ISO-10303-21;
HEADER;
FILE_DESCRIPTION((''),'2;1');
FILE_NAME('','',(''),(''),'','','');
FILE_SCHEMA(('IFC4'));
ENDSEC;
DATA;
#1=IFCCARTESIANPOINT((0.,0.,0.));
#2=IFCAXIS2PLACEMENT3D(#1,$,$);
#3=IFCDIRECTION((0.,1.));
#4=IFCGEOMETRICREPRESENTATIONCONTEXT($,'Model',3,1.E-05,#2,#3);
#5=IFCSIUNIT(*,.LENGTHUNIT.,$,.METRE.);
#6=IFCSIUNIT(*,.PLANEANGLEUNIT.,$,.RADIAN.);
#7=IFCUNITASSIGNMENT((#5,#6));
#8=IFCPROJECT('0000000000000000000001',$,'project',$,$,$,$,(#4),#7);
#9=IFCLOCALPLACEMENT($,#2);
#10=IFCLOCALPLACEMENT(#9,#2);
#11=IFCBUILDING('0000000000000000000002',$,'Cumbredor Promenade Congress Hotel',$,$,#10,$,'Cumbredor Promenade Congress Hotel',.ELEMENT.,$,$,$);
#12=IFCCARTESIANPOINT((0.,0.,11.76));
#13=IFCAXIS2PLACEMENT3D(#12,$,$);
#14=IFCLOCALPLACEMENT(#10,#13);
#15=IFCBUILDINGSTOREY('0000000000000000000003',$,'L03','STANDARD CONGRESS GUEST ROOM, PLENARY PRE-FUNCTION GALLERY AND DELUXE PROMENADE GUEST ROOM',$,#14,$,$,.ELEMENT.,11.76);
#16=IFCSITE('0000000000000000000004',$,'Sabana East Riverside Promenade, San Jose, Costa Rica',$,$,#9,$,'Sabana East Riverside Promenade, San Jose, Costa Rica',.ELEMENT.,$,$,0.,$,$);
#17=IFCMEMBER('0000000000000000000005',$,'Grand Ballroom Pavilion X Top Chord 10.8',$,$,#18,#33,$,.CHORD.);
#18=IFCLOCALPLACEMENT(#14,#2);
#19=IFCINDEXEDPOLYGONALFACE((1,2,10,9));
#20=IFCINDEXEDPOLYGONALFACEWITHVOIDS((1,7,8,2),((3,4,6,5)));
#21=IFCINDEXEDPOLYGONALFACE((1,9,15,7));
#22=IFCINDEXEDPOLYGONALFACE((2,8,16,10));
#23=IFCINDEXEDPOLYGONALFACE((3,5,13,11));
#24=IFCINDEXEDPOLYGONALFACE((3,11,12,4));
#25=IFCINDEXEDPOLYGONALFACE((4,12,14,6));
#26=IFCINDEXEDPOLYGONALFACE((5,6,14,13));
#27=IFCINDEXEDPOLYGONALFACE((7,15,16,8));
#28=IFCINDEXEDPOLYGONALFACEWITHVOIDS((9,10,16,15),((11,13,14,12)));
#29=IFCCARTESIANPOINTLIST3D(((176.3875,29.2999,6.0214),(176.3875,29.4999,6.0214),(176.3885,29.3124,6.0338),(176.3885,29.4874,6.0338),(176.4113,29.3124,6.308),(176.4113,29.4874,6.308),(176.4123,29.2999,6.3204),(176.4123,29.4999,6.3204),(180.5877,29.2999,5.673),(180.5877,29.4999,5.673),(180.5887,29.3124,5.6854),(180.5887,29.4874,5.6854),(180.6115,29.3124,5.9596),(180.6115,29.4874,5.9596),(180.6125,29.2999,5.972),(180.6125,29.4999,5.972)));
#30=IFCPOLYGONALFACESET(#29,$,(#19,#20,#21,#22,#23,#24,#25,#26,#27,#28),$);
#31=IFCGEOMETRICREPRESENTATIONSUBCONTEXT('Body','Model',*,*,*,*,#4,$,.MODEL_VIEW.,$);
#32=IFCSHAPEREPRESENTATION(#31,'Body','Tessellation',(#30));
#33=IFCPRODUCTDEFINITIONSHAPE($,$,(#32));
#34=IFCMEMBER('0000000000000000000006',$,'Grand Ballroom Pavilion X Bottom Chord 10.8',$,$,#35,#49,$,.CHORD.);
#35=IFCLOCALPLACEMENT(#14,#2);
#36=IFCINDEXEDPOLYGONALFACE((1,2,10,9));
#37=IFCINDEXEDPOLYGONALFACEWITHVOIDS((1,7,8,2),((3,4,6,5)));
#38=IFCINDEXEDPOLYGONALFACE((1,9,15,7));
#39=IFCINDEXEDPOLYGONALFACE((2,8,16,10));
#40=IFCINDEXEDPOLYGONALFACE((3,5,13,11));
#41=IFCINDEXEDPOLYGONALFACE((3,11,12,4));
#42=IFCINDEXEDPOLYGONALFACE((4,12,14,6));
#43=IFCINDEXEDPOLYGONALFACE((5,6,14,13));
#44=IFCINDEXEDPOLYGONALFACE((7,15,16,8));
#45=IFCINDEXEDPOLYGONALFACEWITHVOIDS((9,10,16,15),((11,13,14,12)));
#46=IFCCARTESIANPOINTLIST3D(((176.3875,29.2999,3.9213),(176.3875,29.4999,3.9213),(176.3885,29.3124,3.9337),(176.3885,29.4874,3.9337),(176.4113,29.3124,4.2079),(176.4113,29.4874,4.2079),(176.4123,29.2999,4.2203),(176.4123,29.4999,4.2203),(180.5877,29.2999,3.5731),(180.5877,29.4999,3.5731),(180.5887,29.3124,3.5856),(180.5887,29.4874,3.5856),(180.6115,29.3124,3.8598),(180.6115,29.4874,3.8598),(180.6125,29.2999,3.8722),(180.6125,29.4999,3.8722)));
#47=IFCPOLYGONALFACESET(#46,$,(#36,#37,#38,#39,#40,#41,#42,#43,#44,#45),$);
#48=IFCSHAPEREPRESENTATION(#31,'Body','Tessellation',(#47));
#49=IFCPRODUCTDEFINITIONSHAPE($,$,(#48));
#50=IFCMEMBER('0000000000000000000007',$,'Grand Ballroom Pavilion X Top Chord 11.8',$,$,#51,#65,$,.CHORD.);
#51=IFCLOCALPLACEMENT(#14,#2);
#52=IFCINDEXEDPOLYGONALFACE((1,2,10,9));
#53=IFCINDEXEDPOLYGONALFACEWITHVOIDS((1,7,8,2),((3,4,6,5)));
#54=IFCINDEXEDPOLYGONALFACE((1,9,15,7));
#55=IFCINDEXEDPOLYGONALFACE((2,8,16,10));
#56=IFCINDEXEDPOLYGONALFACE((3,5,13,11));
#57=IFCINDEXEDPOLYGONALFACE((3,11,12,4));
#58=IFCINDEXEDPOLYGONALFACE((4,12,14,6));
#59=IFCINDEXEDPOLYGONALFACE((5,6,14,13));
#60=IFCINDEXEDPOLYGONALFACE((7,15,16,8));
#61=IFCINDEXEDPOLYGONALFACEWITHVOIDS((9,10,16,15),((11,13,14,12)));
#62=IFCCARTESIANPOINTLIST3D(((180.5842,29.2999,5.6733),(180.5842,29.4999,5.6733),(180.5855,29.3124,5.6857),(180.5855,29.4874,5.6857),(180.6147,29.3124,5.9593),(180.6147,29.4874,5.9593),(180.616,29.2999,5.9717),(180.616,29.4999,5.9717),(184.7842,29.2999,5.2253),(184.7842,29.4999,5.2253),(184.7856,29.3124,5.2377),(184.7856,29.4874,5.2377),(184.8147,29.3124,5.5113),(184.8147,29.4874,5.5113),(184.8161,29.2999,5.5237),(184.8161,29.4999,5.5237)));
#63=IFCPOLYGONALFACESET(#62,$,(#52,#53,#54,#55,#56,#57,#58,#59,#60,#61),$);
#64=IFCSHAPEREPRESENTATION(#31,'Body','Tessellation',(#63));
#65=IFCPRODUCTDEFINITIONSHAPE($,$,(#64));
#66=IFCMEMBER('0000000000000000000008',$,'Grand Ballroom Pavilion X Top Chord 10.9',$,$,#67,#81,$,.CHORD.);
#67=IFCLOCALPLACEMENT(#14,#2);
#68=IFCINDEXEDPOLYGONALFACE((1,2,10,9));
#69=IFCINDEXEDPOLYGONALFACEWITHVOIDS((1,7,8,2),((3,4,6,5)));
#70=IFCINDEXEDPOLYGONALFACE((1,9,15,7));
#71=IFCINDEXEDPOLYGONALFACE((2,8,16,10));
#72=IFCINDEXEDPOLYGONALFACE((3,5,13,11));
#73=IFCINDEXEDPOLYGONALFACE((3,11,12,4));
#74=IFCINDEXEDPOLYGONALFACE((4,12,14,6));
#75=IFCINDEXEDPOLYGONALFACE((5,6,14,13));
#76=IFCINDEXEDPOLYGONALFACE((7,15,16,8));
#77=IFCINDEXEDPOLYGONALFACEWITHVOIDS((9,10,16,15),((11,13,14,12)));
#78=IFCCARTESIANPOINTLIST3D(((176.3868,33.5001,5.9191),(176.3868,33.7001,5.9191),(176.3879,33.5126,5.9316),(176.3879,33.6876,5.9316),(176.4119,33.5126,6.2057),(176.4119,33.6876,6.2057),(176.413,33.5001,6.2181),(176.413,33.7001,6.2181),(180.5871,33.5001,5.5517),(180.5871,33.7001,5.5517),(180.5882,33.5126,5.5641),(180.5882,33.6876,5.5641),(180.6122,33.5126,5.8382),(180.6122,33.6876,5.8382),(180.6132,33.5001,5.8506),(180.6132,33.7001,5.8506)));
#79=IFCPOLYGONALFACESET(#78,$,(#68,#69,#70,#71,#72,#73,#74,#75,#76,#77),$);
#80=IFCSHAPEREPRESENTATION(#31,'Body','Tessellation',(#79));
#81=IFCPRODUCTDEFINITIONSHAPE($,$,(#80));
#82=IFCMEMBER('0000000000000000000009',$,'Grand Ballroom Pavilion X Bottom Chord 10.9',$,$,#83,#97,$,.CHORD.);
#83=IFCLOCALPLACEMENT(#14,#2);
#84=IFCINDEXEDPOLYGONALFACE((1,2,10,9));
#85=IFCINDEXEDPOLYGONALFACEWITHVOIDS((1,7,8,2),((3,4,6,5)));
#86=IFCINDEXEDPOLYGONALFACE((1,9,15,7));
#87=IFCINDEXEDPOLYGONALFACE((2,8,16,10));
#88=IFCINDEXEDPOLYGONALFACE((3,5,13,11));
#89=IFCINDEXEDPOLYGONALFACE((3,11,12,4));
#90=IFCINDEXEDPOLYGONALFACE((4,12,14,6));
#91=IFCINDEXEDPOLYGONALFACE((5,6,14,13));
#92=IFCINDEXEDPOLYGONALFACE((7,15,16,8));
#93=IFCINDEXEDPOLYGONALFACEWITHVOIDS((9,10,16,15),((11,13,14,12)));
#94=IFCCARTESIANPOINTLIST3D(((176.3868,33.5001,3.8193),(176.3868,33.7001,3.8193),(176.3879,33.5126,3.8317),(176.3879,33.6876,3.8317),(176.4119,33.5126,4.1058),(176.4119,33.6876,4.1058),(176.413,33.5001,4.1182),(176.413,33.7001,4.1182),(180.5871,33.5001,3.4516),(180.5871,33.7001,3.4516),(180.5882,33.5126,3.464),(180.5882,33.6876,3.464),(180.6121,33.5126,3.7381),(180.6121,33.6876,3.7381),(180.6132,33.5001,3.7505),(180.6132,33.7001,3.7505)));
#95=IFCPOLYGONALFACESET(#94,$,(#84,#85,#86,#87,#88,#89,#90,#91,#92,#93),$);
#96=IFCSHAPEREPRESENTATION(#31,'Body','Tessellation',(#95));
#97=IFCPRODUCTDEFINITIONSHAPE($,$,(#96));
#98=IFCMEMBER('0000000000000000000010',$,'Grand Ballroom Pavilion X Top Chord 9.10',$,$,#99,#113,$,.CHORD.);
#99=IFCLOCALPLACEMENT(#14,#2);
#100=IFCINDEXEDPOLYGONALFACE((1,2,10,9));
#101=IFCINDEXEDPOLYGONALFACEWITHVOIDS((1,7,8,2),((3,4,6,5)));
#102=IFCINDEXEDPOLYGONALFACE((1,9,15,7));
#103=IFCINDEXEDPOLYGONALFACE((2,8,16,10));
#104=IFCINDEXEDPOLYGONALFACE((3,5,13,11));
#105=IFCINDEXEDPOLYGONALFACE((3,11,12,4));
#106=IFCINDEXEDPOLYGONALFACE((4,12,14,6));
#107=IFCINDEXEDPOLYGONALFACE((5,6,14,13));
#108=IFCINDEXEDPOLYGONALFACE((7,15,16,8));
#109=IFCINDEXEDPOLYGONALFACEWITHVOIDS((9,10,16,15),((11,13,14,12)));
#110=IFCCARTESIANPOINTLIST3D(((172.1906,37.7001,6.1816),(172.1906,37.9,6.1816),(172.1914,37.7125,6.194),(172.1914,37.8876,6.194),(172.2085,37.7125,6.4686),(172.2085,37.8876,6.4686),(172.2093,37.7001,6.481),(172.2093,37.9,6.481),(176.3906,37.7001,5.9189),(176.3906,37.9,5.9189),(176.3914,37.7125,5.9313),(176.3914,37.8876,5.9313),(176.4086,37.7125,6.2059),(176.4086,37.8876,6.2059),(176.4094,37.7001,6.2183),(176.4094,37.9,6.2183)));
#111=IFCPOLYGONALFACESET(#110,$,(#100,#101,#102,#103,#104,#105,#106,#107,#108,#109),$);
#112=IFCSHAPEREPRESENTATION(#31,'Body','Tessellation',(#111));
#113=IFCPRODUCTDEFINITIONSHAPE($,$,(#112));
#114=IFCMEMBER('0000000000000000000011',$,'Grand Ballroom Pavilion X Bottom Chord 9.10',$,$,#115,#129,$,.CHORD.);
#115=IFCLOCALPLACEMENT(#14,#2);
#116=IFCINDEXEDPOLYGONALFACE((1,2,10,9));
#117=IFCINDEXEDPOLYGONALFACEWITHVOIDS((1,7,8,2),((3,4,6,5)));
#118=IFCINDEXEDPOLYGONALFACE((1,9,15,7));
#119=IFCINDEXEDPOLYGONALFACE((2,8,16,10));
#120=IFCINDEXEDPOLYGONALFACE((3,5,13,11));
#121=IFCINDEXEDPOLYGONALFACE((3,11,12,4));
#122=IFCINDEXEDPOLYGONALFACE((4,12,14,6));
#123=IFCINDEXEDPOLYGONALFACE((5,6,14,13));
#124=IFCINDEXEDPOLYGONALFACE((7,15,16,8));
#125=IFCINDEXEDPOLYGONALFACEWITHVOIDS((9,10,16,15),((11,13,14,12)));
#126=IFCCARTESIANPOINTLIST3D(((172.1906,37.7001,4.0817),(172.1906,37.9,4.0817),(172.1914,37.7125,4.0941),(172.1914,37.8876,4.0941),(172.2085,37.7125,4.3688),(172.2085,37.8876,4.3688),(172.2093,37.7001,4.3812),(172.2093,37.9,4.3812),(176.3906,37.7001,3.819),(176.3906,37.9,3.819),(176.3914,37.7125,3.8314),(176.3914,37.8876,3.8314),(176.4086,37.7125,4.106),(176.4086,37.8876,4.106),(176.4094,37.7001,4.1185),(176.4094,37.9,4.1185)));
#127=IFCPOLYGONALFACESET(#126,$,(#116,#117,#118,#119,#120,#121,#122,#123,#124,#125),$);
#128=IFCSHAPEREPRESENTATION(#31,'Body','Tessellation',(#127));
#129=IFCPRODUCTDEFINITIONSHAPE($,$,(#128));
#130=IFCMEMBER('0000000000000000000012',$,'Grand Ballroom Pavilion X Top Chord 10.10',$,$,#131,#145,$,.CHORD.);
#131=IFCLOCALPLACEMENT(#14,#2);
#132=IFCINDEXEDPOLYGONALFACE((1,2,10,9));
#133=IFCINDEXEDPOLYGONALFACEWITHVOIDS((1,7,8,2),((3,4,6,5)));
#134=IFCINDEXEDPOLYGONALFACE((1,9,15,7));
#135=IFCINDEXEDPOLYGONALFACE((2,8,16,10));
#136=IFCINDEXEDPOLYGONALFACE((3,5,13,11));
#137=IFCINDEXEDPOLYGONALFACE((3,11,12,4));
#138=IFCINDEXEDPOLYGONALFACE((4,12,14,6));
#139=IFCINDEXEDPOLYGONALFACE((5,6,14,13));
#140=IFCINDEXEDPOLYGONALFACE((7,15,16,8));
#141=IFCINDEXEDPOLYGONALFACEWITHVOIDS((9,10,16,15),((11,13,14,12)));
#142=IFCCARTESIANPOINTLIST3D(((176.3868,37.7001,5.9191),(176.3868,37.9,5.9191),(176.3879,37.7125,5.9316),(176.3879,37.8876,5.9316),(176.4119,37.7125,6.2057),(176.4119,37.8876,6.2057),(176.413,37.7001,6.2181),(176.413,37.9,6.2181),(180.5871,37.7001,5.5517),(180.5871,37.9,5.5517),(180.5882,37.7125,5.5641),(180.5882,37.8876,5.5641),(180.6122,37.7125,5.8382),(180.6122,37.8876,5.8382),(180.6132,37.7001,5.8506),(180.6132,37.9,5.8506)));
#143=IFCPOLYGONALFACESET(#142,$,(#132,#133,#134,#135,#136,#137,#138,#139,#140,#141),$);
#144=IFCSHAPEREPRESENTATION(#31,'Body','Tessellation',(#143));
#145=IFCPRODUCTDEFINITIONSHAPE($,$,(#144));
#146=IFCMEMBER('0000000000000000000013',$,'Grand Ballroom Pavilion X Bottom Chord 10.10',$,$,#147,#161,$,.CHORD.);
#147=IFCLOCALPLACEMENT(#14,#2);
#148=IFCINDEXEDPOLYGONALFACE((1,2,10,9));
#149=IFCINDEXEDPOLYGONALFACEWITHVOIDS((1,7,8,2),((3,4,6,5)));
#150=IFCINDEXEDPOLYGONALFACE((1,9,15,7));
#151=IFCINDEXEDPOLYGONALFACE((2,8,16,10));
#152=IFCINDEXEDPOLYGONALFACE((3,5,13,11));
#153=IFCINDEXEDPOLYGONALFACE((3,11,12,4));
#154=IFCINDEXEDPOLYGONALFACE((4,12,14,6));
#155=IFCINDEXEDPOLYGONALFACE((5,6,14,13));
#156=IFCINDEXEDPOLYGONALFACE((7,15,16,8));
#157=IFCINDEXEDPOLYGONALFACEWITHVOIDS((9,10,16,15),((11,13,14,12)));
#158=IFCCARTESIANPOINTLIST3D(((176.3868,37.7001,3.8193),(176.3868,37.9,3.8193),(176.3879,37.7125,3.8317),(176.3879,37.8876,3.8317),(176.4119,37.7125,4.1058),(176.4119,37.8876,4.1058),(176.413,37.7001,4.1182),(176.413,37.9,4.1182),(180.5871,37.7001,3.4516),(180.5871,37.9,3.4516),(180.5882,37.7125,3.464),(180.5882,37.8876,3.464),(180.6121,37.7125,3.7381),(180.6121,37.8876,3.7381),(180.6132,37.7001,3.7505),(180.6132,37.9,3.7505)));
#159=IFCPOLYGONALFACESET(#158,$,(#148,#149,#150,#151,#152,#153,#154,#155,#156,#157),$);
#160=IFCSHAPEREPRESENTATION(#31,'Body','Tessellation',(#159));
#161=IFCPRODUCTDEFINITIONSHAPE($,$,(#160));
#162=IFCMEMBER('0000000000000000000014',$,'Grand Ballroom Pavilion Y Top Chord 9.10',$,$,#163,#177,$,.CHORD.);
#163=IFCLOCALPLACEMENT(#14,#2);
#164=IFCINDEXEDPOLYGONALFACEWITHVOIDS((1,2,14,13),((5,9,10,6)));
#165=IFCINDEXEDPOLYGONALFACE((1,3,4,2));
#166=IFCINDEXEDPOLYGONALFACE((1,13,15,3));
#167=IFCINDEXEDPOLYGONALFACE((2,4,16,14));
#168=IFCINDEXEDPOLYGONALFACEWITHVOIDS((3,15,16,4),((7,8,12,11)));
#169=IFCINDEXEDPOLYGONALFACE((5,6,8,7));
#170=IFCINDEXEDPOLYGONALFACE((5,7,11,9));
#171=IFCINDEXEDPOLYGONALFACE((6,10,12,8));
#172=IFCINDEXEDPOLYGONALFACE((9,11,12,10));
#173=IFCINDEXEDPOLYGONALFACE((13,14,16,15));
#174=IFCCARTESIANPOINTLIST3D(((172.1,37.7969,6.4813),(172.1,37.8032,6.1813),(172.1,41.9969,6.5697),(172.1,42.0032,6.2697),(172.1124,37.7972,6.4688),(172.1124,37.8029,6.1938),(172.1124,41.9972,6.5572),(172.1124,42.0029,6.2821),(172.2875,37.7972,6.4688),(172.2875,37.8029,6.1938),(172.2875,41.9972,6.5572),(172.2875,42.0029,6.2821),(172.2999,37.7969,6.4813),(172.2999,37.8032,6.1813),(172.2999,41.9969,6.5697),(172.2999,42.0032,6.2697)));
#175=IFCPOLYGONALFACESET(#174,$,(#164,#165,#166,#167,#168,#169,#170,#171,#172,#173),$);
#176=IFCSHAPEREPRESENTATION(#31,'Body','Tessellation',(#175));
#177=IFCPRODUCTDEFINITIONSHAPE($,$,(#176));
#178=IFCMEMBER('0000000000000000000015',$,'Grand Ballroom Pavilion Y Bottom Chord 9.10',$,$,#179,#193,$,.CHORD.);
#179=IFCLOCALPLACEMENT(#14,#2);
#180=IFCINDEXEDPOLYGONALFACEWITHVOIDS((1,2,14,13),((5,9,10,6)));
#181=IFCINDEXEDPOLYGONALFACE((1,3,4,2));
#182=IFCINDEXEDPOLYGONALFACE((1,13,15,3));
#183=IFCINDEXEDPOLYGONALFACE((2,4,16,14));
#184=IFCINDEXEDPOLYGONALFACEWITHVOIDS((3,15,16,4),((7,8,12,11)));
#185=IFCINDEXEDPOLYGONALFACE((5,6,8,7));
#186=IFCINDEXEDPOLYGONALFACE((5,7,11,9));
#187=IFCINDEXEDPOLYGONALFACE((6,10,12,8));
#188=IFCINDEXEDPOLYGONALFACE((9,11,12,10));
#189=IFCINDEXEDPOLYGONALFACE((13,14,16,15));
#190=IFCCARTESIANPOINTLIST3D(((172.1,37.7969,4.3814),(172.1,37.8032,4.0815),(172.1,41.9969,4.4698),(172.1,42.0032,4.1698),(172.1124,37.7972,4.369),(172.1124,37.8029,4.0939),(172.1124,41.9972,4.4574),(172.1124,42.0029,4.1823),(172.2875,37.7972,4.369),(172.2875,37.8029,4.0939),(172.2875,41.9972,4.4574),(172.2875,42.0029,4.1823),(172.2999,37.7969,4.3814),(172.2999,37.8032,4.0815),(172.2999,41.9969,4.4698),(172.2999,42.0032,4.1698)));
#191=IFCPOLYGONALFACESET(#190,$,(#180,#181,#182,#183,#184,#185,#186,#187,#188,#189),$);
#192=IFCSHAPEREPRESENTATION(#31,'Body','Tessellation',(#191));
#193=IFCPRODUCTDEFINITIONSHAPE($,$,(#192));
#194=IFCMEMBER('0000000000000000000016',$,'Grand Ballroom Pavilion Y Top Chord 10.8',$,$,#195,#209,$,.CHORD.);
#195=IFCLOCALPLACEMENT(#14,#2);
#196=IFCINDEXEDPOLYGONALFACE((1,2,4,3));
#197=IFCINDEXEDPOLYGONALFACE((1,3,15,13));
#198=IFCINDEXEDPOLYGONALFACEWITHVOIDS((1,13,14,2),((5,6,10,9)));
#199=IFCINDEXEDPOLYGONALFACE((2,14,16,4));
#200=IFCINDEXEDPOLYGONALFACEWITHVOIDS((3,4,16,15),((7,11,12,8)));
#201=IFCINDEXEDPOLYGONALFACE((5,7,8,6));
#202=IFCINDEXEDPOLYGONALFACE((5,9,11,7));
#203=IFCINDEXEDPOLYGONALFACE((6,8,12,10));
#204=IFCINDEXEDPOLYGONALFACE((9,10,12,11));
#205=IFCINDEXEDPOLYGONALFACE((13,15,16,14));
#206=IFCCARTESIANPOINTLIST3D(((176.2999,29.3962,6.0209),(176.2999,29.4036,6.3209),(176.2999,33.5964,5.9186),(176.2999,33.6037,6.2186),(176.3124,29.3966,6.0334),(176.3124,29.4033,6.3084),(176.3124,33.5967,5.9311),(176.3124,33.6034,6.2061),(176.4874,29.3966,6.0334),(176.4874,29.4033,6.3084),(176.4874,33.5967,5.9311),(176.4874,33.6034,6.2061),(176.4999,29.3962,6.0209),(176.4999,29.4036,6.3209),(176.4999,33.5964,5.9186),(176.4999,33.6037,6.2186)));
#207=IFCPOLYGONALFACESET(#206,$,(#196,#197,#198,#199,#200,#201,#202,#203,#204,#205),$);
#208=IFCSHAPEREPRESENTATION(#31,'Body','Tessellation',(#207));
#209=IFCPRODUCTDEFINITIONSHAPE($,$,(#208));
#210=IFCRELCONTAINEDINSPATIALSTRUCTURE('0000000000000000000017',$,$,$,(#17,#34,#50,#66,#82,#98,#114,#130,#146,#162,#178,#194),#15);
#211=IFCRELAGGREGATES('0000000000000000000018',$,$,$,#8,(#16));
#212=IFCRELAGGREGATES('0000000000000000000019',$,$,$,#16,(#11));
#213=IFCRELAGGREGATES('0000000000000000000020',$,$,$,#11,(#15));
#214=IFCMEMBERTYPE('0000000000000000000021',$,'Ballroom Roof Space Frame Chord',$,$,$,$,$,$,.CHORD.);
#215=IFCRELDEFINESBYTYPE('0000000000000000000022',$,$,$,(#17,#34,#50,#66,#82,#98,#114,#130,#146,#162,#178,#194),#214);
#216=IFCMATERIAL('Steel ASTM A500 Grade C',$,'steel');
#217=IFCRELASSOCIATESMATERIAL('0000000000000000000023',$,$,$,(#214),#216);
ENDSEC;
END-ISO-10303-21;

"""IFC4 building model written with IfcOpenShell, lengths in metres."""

from ifc_helpers import new_model, si_unit, direction, frame, origin, origin_2d, place, context, subcontext, project, spatial, hollow_rectangle, extrude, material, material_profile, profile_set, type_object, element, save


model = new_model("IFC4")

# Units and contexts
model_context = context("Model", 3, precision=1e-05, world=origin(), true_north=direction((0.0, 1.0)))
body_context = subcontext(model_context, "Body", "Model", "MODEL_VIEW")
ifc_project = project(units=[si_unit("LENGTHUNIT", "METRE"), si_unit("PLANEANGLEUNIT", "RADIAN")], contexts=[model_context])

# Site, building, storey
site_placement = place(None, origin())
site = spatial("IfcSite", under=ifc_project, at=site_placement, Name="Sabana East Riverside Promenade, San Jose, Costa Rica", LongName="Sabana East Riverside Promenade, San Jose, Costa Rica", CompositionType="ELEMENT", RefElevation=0.0)
building_placement = place(site_placement, origin())
building = spatial("IfcBuilding", under=site, at=building_placement, Name="Cumbredor Promenade Congress Hotel", LongName="Cumbredor Promenade Congress Hotel", CompositionType="ELEMENT")
storey_placement = place(building_placement, frame((0.0, 0.0, 11.76)))
storey = spatial("IfcBuildingStorey", under=building, at=storey_placement, Name="L03", Description="STANDARD CONGRESS GUEST ROOM, PLENARY PRE-FUNCTION GALLERY AND DELUXE PROMENADE GUEST ROOM", CompositionType="ELEMENT", Elevation=11.76)

# Members
ifc_material_1 = material(Name="Steel ASTM A500 Grade C", Category="steel")
ifc_material_profile_1 = material_profile(ifc_material_1, hollow_rectangle(XDim=0.2, YDim=0.3, WallThickness=0.0125, at=origin_2d()), Name="HSS 300x200x12.5")
ifc_profile_set_1 = profile_set([ifc_material_profile_1], Name="Steel ASTM A500 Grade C")
member_type_1 = type_object("IfcMemberType", Name="Ballroom Roof Space Frame Chord", PredefinedType="CHORD", material=ifc_profile_set_1)
for number, where, z_axis, x_axis, name in (
    (1, (176.3999, 29.3999, 6.1709), (0.996578, 0.0, -0.082662), (0.0, 1.0, 0.0), "Grand Ballroom Pavilion X Top Chord 10.8"),
    (2, (176.3999, 29.3999, 4.0708), (0.996582, 0.0, -0.082604), (0.0, 1.0, 0.0), "Grand Ballroom Pavilion X Bottom Chord 10.8"),
):
    element("IfcMember", number, at=place(storey_placement, frame(where, z_axis=z_axis, x_axis=x_axis)), inside=storey, type_object=member_type_1, Name=name, PredefinedType="CHORD", context=body_context, shape_type="SweptSolid", body=[
        extrude(hollow_rectangle(XDim=0.2, YDim=0.3, WallThickness=0.0125, at=origin_2d()), origin(), (0.0, 0.0, 1.0), 4.2146),
    ])
member_1_placement = place(storey_placement, frame((180.6001, 29.3999, 5.8225), z_axis=(0.994359, 0.0, -0.106066), x_axis=(0.0, 1.0, 0.0)))
element("IfcMember", 3, at=member_1_placement, inside=storey, type_object=member_type_1, Name="Grand Ballroom Pavilion X Top Chord 11.8", PredefinedType="CHORD", context=body_context, shape_type="SweptSolid", body=[
    extrude(hollow_rectangle(XDim=0.2, YDim=0.3, WallThickness=0.0125, at=origin_2d()), origin(), (0.0, 0.0, 1.0), 4.2239),
])
for number, where, z_axis, x_axis, name in (
    (4, (176.3999, 33.6001, 6.0686), (0.996195, 0.0, -0.087147), (0.0, 1.0, 0.0), "Grand Ballroom Pavilion X Top Chord 10.9"),
    (5, (176.3999, 33.6001, 3.9688), (0.99619, 0.0, -0.087204), (0.0, 1.0, 0.0), "Grand Ballroom Pavilion X Bottom Chord 10.9"),
):
    element("IfcMember", number, at=place(storey_placement, frame(where, z_axis=z_axis, x_axis=x_axis)), inside=storey, type_object=member_type_1, Name=name, PredefinedType="CHORD", context=body_context, shape_type="SweptSolid", body=[
        extrude(hollow_rectangle(XDim=0.2, YDim=0.3, WallThickness=0.0125, at=origin_2d()), origin(), (0.0, 0.0, 1.0), 4.2163),
    ])
for number, where, z_axis, x_axis, name in (
    (6, (172.2, 37.8, 6.3313), (0.99805, 0.0, -0.062425), (0.0, 1.0, 0.0), "Grand Ballroom Pavilion X Top Chord 9.10"),
    (7, (172.2, 37.8, 4.2314), (0.99805, 0.0, -0.062425), (0.0, 1.0, 0.0), "Grand Ballroom Pavilion X Bottom Chord 9.10"),
):
    element("IfcMember", number, at=place(storey_placement, frame(where, z_axis=z_axis, x_axis=x_axis)), inside=storey, type_object=member_type_1, Name=name, PredefinedType="CHORD", context=body_context, shape_type="SweptSolid", body=[
        extrude(hollow_rectangle(XDim=0.2, YDim=0.3, WallThickness=0.0125, at=origin_2d()), origin(), (0.0, 0.0, 1.0), 4.2083),
    ])
for number, where, z_axis, x_axis, name in (
    (8, (176.3999, 37.8, 6.0686), (0.996195, 0.0, -0.087147), (0.0, 1.0, 0.0), "Grand Ballroom Pavilion X Top Chord 10.10"),
    (9, (176.3999, 37.8, 3.9688), (0.99619, 0.0, -0.087204), (0.0, 1.0, 0.0), "Grand Ballroom Pavilion X Bottom Chord 10.10"),
):
    element("IfcMember", number, at=place(storey_placement, frame(where, z_axis=z_axis, x_axis=x_axis)), inside=storey, type_object=member_type_1, Name=name, PredefinedType="CHORD", context=body_context, shape_type="SweptSolid", body=[
        extrude(hollow_rectangle(XDim=0.2, YDim=0.3, WallThickness=0.0125, at=origin_2d()), origin(), (0.0, 0.0, 1.0), 4.2163),
    ])
for number, where, z_axis, x_axis, name in (
    (10, (172.2, 37.8, 6.3313), (0.0, 0.999779, 0.021038), (-1.0, 0.0, 0.0), "Grand Ballroom Pavilion Y Top Chord 9.10"),
    (11, (172.2, 37.8, 4.2314), (0.0, 0.999779, 0.021038), (-1.0, 0.0, 0.0), "Grand Ballroom Pavilion Y Bottom Chord 9.10"),
):
    element("IfcMember", number, at=place(storey_placement, frame(where, z_axis=z_axis, x_axis=x_axis)), inside=storey, type_object=member_type_1, Name=name, PredefinedType="CHORD", context=body_context, shape_type="SweptSolid", body=[
        extrude(hollow_rectangle(XDim=0.2, YDim=0.3, WallThickness=0.0125, at=origin_2d()), origin(), (0.0, 0.0, 1.0), 4.2009),
    ])
for number, where, z_axis, x_axis, name in (
    (12, (176.3999, 29.3999, 6.1709), (0.0, 0.999704, -0.024348), (-1.0, 0.0, 0.0), "Grand Ballroom Pavilion Y Top Chord 10.8"),
):
    element("IfcMember", number, at=place(storey_placement, frame(where, z_axis=z_axis, x_axis=x_axis)), inside=storey, type_object=member_type_1, Name=name, PredefinedType="CHORD", context=body_context, shape_type="SweptSolid", body=[
        extrude(hollow_rectangle(XDim=0.2, YDim=0.3, WallThickness=0.0125, at=origin_2d()), origin(), (0.0, 0.0, 1.0), 4.2014),
    ])

save(model, "model.ifc")
